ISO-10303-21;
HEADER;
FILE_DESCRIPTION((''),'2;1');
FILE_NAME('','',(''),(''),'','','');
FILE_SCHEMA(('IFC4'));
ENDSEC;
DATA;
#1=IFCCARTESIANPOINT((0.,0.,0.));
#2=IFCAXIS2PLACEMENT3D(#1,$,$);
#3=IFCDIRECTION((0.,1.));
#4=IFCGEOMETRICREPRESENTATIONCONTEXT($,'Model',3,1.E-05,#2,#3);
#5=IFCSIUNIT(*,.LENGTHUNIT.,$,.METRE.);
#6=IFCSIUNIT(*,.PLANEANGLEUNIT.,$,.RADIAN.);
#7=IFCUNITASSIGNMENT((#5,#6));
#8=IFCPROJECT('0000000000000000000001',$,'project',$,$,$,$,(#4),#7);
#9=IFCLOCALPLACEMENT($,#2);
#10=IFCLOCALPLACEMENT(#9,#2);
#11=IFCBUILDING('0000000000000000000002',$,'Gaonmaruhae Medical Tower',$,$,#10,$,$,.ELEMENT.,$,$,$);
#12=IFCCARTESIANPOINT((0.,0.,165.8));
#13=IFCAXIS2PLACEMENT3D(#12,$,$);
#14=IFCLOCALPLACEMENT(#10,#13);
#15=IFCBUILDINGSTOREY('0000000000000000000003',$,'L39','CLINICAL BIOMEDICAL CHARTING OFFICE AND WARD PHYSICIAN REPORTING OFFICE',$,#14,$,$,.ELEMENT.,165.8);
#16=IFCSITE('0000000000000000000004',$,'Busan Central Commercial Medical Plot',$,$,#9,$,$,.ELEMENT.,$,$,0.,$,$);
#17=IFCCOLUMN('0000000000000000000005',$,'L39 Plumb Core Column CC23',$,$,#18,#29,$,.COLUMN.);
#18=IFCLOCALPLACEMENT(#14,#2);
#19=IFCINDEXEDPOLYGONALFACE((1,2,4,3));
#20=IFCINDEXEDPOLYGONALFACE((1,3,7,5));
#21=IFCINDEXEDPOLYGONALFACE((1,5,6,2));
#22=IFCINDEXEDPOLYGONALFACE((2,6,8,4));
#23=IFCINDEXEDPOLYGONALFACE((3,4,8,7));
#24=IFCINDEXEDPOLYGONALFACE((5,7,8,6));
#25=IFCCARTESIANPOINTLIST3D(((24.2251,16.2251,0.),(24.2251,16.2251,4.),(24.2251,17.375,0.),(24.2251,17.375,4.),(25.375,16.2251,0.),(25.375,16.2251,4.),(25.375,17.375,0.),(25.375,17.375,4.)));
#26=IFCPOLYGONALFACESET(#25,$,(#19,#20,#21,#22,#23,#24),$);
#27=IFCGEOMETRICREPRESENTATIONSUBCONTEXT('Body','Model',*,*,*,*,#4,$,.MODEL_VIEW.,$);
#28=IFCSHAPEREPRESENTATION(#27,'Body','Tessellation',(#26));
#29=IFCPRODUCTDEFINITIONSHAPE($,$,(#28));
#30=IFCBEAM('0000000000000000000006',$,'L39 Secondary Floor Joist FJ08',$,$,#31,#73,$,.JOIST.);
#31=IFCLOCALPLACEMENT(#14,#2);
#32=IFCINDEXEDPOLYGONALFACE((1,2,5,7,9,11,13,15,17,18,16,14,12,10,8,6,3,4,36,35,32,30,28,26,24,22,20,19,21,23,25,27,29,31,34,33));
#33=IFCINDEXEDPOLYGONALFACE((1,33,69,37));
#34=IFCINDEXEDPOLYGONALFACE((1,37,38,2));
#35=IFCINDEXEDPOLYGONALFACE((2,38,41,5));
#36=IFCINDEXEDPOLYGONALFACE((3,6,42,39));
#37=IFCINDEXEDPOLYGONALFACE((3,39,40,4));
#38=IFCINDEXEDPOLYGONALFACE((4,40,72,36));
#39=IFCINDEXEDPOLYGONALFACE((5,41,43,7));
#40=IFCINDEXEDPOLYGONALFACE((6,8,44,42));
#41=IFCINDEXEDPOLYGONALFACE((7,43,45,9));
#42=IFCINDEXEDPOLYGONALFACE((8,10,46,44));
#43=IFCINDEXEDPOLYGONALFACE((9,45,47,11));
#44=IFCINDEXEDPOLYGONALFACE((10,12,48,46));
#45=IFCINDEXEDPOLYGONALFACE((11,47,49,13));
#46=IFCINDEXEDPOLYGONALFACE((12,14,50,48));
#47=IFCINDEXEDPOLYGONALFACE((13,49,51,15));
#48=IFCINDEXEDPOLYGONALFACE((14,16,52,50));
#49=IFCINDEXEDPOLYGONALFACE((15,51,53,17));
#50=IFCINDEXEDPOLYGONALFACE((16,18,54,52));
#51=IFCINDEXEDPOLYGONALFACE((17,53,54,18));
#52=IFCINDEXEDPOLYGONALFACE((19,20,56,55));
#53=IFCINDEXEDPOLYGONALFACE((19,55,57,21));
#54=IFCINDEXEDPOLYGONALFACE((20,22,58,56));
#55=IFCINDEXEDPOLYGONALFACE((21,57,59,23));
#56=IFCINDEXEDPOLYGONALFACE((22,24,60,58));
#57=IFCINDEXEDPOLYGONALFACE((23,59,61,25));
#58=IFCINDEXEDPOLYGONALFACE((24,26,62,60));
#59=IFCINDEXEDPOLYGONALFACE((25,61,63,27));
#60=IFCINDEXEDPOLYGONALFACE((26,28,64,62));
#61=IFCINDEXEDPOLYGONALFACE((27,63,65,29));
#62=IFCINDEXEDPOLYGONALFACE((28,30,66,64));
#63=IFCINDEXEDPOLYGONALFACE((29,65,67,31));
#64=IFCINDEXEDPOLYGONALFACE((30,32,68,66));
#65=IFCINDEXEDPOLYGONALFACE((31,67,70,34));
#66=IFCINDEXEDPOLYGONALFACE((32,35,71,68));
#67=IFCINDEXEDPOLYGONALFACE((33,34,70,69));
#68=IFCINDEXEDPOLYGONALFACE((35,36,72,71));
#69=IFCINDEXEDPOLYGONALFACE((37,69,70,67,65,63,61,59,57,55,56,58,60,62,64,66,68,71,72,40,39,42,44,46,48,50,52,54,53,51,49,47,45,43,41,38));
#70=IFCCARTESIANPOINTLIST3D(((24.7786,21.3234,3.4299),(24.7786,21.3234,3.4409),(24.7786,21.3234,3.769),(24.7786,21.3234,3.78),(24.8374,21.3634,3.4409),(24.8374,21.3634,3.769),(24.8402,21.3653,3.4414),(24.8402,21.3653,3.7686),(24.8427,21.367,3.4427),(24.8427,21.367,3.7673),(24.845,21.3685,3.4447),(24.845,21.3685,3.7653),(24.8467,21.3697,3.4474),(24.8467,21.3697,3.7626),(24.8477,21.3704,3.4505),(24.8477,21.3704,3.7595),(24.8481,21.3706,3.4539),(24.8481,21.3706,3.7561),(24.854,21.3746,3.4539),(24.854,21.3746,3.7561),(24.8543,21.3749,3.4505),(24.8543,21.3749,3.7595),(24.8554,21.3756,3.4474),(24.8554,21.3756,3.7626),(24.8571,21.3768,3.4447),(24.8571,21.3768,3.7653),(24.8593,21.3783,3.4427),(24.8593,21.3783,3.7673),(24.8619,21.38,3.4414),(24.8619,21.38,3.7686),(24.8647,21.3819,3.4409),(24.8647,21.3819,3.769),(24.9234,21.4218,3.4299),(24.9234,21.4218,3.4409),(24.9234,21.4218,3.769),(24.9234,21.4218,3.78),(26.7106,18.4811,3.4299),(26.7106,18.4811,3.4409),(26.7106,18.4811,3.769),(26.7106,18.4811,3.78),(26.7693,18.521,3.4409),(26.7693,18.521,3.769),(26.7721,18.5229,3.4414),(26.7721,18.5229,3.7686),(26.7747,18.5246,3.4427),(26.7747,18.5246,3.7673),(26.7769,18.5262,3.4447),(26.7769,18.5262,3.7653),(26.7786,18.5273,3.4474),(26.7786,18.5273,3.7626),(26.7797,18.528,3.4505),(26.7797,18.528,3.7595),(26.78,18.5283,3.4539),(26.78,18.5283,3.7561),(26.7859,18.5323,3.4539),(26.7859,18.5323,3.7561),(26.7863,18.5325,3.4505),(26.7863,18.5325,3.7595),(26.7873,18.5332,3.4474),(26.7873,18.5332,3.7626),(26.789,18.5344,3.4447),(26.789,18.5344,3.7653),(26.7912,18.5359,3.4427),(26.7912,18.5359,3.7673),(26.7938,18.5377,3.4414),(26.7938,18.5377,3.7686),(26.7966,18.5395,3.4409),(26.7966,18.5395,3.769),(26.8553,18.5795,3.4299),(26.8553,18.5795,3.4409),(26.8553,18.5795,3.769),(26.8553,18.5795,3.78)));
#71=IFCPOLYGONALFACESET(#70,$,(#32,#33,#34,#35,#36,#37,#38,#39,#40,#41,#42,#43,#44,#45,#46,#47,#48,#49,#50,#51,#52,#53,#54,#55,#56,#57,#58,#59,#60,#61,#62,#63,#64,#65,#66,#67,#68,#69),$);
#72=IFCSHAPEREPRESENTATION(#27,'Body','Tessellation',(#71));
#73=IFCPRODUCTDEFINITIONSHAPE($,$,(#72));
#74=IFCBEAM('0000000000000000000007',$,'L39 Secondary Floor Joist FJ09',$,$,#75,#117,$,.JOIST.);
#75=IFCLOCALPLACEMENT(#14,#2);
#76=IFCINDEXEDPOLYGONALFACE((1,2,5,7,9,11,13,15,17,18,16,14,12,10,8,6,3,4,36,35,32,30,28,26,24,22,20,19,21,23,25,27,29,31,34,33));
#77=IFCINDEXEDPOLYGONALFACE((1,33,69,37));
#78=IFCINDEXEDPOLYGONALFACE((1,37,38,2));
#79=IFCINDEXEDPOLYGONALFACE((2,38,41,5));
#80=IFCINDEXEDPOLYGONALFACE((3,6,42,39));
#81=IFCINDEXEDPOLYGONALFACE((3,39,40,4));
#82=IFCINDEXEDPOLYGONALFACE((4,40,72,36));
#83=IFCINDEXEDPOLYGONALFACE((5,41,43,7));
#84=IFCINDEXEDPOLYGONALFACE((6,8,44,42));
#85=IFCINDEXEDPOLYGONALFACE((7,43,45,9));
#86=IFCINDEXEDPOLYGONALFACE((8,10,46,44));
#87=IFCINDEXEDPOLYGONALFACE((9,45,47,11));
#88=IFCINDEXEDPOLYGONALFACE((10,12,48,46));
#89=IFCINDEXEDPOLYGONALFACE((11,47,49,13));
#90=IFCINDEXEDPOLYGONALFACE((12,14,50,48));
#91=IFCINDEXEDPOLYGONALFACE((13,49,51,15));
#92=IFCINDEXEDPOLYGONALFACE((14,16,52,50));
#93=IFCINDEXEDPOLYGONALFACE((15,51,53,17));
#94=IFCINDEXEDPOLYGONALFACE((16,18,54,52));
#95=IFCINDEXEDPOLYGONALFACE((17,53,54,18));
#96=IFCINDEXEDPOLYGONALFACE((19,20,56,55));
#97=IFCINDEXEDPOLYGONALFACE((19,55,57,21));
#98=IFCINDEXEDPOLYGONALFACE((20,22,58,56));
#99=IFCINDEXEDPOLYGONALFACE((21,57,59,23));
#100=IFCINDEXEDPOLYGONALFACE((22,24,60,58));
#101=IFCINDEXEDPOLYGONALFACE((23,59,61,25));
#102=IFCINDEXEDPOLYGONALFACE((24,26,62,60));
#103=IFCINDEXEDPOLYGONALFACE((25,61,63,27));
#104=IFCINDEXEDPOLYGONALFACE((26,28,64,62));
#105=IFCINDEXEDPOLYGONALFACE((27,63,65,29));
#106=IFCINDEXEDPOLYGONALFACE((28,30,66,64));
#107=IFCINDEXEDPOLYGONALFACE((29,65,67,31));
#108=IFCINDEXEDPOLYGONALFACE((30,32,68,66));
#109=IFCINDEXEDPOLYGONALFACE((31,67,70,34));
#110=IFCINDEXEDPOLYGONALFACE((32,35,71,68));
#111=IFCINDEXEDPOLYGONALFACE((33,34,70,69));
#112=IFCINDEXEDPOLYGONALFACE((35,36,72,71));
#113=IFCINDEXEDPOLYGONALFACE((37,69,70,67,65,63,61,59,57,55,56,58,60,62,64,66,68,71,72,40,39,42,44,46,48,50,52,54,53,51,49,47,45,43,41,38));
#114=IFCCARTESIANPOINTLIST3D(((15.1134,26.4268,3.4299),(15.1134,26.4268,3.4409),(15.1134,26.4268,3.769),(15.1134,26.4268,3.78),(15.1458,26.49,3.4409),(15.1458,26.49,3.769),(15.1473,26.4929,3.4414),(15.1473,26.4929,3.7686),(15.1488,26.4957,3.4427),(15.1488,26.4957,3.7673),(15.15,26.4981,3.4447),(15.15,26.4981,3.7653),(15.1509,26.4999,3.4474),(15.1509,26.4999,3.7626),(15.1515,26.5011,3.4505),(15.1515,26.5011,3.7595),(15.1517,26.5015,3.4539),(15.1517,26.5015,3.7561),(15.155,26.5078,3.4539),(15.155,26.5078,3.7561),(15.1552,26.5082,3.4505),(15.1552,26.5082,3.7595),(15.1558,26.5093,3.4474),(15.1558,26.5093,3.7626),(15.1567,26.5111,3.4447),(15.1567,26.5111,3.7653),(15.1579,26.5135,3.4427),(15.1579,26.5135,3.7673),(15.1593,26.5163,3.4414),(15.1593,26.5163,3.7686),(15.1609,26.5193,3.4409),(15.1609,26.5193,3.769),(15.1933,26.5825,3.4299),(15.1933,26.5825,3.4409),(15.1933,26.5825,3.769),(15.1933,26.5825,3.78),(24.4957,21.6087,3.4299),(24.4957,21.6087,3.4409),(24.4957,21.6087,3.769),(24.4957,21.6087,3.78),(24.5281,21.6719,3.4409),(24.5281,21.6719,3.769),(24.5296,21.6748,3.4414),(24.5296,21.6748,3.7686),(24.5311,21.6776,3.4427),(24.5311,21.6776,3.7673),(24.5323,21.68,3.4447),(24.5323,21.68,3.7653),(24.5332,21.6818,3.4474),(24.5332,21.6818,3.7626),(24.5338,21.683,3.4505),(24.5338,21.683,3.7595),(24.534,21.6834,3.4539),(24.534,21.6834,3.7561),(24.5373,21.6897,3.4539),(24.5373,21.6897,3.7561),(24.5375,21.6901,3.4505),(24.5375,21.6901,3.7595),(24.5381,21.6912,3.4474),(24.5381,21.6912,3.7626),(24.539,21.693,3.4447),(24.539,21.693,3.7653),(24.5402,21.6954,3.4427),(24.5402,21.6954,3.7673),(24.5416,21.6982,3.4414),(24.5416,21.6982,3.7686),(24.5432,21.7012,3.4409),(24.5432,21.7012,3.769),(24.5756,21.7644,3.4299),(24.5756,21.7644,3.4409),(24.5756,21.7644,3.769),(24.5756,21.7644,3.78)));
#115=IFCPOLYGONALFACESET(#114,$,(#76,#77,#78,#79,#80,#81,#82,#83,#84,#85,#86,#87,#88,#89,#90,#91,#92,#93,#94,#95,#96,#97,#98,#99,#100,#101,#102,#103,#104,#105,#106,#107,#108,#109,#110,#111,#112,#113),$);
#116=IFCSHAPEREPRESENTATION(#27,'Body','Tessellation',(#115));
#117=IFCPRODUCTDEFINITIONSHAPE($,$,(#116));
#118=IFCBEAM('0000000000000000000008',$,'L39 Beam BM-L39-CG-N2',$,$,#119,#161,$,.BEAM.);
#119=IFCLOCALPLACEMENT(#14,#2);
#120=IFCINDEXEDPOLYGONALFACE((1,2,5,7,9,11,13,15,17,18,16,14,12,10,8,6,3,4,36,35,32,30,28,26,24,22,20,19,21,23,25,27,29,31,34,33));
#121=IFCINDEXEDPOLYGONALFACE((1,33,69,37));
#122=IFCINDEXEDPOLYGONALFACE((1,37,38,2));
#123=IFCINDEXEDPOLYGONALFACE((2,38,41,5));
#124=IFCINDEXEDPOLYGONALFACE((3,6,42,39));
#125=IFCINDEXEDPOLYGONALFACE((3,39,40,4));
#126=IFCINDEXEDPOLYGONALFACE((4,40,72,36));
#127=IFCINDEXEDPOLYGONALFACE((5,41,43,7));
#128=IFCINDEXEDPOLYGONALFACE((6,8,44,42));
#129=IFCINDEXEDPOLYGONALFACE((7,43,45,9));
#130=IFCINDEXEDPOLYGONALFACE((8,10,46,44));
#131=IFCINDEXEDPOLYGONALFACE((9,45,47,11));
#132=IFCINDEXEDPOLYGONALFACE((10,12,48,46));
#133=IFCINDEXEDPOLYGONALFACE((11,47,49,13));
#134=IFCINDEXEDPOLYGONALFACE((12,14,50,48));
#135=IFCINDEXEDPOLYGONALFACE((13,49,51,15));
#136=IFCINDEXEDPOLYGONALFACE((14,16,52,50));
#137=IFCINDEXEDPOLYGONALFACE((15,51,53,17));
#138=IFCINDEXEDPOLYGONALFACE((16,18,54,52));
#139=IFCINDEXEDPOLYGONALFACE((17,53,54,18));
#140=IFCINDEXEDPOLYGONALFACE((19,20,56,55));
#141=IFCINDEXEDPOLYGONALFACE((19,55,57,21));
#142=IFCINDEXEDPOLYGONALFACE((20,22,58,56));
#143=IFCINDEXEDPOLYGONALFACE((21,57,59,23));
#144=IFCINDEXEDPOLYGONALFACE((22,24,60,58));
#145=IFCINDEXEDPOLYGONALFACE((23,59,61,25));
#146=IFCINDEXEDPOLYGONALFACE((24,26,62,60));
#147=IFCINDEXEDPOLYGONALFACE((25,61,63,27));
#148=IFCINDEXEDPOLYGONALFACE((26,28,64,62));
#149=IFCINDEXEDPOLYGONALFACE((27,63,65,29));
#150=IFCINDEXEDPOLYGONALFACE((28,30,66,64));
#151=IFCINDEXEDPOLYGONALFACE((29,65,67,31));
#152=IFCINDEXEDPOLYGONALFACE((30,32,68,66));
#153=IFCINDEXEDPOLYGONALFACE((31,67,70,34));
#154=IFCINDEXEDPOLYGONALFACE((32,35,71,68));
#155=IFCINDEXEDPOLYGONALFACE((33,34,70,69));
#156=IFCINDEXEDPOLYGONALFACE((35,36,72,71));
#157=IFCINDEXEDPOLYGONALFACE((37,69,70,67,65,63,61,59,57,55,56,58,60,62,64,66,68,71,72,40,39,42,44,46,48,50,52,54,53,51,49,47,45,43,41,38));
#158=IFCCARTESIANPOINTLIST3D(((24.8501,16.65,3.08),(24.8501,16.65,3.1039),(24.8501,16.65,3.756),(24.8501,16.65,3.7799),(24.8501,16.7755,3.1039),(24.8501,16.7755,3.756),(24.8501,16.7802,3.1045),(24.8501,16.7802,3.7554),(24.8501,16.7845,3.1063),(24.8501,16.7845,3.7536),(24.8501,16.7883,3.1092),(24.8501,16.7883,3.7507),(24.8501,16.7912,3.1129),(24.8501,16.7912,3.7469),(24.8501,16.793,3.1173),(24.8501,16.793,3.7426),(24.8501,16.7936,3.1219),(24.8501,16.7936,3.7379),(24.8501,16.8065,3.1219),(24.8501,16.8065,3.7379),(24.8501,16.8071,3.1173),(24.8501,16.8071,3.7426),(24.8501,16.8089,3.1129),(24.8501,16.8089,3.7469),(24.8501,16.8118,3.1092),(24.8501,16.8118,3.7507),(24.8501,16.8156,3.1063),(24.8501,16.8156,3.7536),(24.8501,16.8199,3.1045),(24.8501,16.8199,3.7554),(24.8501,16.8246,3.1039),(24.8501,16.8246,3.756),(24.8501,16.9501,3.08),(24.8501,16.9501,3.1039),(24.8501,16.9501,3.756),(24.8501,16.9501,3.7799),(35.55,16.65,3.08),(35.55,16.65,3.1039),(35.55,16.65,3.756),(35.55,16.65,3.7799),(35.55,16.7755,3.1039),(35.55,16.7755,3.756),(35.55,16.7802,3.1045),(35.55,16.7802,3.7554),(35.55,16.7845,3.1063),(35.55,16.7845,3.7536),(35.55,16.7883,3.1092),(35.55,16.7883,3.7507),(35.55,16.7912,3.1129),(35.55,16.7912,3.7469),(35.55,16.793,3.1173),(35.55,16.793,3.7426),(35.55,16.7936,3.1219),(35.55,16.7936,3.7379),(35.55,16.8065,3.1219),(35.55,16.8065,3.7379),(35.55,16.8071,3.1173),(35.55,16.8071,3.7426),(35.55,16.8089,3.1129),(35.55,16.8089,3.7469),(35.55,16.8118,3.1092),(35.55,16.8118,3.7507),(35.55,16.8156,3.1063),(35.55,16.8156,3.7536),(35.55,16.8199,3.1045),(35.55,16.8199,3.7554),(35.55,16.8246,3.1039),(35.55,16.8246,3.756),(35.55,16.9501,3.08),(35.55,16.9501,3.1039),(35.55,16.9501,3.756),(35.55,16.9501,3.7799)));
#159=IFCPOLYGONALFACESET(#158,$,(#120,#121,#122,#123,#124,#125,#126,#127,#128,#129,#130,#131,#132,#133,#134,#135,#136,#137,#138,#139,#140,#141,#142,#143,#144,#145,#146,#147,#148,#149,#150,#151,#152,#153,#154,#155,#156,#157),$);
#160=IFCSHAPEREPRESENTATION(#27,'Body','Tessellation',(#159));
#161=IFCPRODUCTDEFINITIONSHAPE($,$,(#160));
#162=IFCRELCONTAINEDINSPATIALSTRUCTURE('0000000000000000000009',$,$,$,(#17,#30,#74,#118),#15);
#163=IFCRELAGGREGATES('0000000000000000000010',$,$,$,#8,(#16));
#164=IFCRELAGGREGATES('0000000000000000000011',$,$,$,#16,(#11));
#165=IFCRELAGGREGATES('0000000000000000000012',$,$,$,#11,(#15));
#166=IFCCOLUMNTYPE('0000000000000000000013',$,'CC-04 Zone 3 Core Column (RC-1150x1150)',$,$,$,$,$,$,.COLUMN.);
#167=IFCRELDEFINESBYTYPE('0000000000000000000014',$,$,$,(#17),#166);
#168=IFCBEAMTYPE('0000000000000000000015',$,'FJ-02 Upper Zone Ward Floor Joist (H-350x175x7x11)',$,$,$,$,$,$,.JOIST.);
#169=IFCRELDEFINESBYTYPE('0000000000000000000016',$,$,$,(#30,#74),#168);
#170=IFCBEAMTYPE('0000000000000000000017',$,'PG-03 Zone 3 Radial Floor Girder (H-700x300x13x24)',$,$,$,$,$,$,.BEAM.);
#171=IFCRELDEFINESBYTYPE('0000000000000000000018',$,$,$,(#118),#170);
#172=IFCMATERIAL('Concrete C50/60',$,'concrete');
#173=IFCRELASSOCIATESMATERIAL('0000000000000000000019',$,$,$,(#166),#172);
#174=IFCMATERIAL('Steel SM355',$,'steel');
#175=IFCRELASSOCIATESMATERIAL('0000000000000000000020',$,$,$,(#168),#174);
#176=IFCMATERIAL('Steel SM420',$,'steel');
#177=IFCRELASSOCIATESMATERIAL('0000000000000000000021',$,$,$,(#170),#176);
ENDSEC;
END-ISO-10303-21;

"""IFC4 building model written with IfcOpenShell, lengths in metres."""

from ifc_helpers import new_model, si_unit, direction, frame, origin, origin_2d, place, context, subcontext, project, spatial, rectangle, i_section, extrude, material, material_profile, profile_set, type_object, element, save


model = new_model("IFC4")

# Units and contexts
model_context = context("Model", 3, precision=1e-05, world=origin(), true_north=direction((0.0, 1.0)))
body_context = subcontext(model_context, "Body", "Model", "MODEL_VIEW")
ifc_project = project(units=[si_unit("LENGTHUNIT", "METRE"), si_unit("PLANEANGLEUNIT", "RADIAN")], contexts=[model_context])

# Site, building, storey
site_placement = place(None, origin())
site = spatial("IfcSite", under=ifc_project, at=site_placement, Name="Busan Central Commercial Medical Plot", CompositionType="ELEMENT", RefElevation=0.0)
building_placement = place(site_placement, origin())
building = spatial("IfcBuilding", under=site, at=building_placement, Name="Gaonmaruhae Medical Tower", CompositionType="ELEMENT")
storey_placement = place(building_placement, frame((0.0, 0.0, 165.8)))
storey = spatial("IfcBuildingStorey", under=building, at=storey_placement, Name="L39", Description="CLINICAL BIOMEDICAL CHARTING OFFICE AND WARD PHYSICIAN REPORTING OFFICE", CompositionType="ELEMENT", Elevation=165.8)

# Column
ifc_material_1 = material(Name="Concrete C50/60", Category="concrete")
ifc_material_profile_1 = material_profile(ifc_material_1, rectangle(XDim=1.1499, YDim=1.1499, at=origin_2d()), Name="RC-1150x1150")
ifc_profile_set_1 = profile_set([ifc_material_profile_1], Name="Concrete C50/60")
column_type = type_object("IfcColumnType", Name="CC-04 Zone 3 Core Column (RC-1150x1150)", PredefinedType="COLUMN", material=ifc_profile_set_1)
column_placement = place(storey_placement, frame((24.8, 16.8, 0.0), z_axis=(0.0, 0.0, 1.0), x_axis=(1.0, 0.0, 0.0)))
element("IfcColumn", 1, at=column_placement, inside=storey, type_object=column_type, Name="L39 Plumb Core Column CC23", PredefinedType="COLUMN", context=body_context, shape_type="SweptSolid", body=[
    extrude(rectangle(XDim=1.1499, YDim=1.1499, at=origin_2d()), origin(), (0.0, 0.0, 1.0), 4.0),
])

# Beams
ifc_material_2 = material(Name="Steel SM355", Category="steel")
ifc_material_profile_2 = material_profile(ifc_material_2, i_section(OverallWidth=0.175, OverallDepth=0.3501, WebThickness=0.0071, FlangeThickness=0.011, FilletRadius=0.0129, at=origin_2d()), Name="H-350x175x7x11")
ifc_profile_set_2 = profile_set([ifc_material_profile_2], Name="Steel SM355")
beam_type_1 = type_object("IfcBeamType", Name="FJ-02 Upper Zone Ward Floor Joist (H-350x175x7x11)", PredefinedType="JOIST", material=ifc_profile_set_2)
beam_1_placement = place(storey_placement, frame((26.783, 18.5303, 3.605), z_axis=(-0.562137, 0.827044, 0.0), x_axis=(-0.827044, -0.562137, 0.0)))
element("IfcBeam", 2, at=beam_1_placement, inside=storey, type_object=beam_type_1, Name="L39 Secondary Floor Joist FJ08", PredefinedType="JOIST", context=body_context, shape_type="SweptSolid", body=[
    extrude(i_section(OverallWidth=0.175, OverallDepth=0.3501, WebThickness=0.0071, FlangeThickness=0.011, FilletRadius=0.0129, at=origin_2d()), origin(), (0.0, 0.0, 1.0), 3.4368),
])
beam_2_placement = place(storey_placement, frame((24.5356, 21.6865, 3.605), z_axis=(-0.889561, 0.456817, 0.0), x_axis=(-0.456817, -0.889561, 0.0)))
element("IfcBeam", 3, at=beam_2_placement, inside=storey, type_object=beam_type_1, Name="L39 Secondary Floor Joist FJ09", PredefinedType="JOIST", context=body_context, shape_type="SweptSolid", body=[
    extrude(i_section(OverallWidth=0.175, OverallDepth=0.3501, WebThickness=0.0071, FlangeThickness=0.011, FilletRadius=0.0129, at=origin_2d()), origin(), (0.0, 0.0, 1.0), 10.5471),
])
ifc_material_3 = material(Name="Steel SM420", Category="steel")
ifc_material_profile_3 = material_profile(ifc_material_3, i_section(OverallWidth=0.3, OverallDepth=0.7, WebThickness=0.0129, FlangeThickness=0.0239, FilletRadius=0.0181, at=origin_2d()), Name="H-700x300x13x24")
ifc_profile_set_3 = profile_set([ifc_material_profile_3], Name="Steel SM420")
beam_type_2 = type_object("IfcBeamType", Name="PG-03 Zone 3 Radial Floor Girder (H-700x300x13x24)", PredefinedType="BEAM", material=ifc_profile_set_3)
beam_3_placement = place(storey_placement, frame((24.8501, 16.8, 3.4299), z_axis=(1.0, 0.0, 0.0), x_axis=(0.0, 1.0, 0.0)))
element("IfcBeam", 4, at=beam_3_placement, inside=storey, type_object=beam_type_2, Name="L39 Beam BM-L39-CG-N2", PredefinedType="BEAM", context=body_context, shape_type="SweptSolid", body=[
    extrude(i_section(OverallWidth=0.3, OverallDepth=0.7, WebThickness=0.0129, FlangeThickness=0.0239, FilletRadius=0.0181, at=origin_2d()), origin(), (0.0, 0.0, 1.0), 10.7),
])

save(model, "model.ifc")
